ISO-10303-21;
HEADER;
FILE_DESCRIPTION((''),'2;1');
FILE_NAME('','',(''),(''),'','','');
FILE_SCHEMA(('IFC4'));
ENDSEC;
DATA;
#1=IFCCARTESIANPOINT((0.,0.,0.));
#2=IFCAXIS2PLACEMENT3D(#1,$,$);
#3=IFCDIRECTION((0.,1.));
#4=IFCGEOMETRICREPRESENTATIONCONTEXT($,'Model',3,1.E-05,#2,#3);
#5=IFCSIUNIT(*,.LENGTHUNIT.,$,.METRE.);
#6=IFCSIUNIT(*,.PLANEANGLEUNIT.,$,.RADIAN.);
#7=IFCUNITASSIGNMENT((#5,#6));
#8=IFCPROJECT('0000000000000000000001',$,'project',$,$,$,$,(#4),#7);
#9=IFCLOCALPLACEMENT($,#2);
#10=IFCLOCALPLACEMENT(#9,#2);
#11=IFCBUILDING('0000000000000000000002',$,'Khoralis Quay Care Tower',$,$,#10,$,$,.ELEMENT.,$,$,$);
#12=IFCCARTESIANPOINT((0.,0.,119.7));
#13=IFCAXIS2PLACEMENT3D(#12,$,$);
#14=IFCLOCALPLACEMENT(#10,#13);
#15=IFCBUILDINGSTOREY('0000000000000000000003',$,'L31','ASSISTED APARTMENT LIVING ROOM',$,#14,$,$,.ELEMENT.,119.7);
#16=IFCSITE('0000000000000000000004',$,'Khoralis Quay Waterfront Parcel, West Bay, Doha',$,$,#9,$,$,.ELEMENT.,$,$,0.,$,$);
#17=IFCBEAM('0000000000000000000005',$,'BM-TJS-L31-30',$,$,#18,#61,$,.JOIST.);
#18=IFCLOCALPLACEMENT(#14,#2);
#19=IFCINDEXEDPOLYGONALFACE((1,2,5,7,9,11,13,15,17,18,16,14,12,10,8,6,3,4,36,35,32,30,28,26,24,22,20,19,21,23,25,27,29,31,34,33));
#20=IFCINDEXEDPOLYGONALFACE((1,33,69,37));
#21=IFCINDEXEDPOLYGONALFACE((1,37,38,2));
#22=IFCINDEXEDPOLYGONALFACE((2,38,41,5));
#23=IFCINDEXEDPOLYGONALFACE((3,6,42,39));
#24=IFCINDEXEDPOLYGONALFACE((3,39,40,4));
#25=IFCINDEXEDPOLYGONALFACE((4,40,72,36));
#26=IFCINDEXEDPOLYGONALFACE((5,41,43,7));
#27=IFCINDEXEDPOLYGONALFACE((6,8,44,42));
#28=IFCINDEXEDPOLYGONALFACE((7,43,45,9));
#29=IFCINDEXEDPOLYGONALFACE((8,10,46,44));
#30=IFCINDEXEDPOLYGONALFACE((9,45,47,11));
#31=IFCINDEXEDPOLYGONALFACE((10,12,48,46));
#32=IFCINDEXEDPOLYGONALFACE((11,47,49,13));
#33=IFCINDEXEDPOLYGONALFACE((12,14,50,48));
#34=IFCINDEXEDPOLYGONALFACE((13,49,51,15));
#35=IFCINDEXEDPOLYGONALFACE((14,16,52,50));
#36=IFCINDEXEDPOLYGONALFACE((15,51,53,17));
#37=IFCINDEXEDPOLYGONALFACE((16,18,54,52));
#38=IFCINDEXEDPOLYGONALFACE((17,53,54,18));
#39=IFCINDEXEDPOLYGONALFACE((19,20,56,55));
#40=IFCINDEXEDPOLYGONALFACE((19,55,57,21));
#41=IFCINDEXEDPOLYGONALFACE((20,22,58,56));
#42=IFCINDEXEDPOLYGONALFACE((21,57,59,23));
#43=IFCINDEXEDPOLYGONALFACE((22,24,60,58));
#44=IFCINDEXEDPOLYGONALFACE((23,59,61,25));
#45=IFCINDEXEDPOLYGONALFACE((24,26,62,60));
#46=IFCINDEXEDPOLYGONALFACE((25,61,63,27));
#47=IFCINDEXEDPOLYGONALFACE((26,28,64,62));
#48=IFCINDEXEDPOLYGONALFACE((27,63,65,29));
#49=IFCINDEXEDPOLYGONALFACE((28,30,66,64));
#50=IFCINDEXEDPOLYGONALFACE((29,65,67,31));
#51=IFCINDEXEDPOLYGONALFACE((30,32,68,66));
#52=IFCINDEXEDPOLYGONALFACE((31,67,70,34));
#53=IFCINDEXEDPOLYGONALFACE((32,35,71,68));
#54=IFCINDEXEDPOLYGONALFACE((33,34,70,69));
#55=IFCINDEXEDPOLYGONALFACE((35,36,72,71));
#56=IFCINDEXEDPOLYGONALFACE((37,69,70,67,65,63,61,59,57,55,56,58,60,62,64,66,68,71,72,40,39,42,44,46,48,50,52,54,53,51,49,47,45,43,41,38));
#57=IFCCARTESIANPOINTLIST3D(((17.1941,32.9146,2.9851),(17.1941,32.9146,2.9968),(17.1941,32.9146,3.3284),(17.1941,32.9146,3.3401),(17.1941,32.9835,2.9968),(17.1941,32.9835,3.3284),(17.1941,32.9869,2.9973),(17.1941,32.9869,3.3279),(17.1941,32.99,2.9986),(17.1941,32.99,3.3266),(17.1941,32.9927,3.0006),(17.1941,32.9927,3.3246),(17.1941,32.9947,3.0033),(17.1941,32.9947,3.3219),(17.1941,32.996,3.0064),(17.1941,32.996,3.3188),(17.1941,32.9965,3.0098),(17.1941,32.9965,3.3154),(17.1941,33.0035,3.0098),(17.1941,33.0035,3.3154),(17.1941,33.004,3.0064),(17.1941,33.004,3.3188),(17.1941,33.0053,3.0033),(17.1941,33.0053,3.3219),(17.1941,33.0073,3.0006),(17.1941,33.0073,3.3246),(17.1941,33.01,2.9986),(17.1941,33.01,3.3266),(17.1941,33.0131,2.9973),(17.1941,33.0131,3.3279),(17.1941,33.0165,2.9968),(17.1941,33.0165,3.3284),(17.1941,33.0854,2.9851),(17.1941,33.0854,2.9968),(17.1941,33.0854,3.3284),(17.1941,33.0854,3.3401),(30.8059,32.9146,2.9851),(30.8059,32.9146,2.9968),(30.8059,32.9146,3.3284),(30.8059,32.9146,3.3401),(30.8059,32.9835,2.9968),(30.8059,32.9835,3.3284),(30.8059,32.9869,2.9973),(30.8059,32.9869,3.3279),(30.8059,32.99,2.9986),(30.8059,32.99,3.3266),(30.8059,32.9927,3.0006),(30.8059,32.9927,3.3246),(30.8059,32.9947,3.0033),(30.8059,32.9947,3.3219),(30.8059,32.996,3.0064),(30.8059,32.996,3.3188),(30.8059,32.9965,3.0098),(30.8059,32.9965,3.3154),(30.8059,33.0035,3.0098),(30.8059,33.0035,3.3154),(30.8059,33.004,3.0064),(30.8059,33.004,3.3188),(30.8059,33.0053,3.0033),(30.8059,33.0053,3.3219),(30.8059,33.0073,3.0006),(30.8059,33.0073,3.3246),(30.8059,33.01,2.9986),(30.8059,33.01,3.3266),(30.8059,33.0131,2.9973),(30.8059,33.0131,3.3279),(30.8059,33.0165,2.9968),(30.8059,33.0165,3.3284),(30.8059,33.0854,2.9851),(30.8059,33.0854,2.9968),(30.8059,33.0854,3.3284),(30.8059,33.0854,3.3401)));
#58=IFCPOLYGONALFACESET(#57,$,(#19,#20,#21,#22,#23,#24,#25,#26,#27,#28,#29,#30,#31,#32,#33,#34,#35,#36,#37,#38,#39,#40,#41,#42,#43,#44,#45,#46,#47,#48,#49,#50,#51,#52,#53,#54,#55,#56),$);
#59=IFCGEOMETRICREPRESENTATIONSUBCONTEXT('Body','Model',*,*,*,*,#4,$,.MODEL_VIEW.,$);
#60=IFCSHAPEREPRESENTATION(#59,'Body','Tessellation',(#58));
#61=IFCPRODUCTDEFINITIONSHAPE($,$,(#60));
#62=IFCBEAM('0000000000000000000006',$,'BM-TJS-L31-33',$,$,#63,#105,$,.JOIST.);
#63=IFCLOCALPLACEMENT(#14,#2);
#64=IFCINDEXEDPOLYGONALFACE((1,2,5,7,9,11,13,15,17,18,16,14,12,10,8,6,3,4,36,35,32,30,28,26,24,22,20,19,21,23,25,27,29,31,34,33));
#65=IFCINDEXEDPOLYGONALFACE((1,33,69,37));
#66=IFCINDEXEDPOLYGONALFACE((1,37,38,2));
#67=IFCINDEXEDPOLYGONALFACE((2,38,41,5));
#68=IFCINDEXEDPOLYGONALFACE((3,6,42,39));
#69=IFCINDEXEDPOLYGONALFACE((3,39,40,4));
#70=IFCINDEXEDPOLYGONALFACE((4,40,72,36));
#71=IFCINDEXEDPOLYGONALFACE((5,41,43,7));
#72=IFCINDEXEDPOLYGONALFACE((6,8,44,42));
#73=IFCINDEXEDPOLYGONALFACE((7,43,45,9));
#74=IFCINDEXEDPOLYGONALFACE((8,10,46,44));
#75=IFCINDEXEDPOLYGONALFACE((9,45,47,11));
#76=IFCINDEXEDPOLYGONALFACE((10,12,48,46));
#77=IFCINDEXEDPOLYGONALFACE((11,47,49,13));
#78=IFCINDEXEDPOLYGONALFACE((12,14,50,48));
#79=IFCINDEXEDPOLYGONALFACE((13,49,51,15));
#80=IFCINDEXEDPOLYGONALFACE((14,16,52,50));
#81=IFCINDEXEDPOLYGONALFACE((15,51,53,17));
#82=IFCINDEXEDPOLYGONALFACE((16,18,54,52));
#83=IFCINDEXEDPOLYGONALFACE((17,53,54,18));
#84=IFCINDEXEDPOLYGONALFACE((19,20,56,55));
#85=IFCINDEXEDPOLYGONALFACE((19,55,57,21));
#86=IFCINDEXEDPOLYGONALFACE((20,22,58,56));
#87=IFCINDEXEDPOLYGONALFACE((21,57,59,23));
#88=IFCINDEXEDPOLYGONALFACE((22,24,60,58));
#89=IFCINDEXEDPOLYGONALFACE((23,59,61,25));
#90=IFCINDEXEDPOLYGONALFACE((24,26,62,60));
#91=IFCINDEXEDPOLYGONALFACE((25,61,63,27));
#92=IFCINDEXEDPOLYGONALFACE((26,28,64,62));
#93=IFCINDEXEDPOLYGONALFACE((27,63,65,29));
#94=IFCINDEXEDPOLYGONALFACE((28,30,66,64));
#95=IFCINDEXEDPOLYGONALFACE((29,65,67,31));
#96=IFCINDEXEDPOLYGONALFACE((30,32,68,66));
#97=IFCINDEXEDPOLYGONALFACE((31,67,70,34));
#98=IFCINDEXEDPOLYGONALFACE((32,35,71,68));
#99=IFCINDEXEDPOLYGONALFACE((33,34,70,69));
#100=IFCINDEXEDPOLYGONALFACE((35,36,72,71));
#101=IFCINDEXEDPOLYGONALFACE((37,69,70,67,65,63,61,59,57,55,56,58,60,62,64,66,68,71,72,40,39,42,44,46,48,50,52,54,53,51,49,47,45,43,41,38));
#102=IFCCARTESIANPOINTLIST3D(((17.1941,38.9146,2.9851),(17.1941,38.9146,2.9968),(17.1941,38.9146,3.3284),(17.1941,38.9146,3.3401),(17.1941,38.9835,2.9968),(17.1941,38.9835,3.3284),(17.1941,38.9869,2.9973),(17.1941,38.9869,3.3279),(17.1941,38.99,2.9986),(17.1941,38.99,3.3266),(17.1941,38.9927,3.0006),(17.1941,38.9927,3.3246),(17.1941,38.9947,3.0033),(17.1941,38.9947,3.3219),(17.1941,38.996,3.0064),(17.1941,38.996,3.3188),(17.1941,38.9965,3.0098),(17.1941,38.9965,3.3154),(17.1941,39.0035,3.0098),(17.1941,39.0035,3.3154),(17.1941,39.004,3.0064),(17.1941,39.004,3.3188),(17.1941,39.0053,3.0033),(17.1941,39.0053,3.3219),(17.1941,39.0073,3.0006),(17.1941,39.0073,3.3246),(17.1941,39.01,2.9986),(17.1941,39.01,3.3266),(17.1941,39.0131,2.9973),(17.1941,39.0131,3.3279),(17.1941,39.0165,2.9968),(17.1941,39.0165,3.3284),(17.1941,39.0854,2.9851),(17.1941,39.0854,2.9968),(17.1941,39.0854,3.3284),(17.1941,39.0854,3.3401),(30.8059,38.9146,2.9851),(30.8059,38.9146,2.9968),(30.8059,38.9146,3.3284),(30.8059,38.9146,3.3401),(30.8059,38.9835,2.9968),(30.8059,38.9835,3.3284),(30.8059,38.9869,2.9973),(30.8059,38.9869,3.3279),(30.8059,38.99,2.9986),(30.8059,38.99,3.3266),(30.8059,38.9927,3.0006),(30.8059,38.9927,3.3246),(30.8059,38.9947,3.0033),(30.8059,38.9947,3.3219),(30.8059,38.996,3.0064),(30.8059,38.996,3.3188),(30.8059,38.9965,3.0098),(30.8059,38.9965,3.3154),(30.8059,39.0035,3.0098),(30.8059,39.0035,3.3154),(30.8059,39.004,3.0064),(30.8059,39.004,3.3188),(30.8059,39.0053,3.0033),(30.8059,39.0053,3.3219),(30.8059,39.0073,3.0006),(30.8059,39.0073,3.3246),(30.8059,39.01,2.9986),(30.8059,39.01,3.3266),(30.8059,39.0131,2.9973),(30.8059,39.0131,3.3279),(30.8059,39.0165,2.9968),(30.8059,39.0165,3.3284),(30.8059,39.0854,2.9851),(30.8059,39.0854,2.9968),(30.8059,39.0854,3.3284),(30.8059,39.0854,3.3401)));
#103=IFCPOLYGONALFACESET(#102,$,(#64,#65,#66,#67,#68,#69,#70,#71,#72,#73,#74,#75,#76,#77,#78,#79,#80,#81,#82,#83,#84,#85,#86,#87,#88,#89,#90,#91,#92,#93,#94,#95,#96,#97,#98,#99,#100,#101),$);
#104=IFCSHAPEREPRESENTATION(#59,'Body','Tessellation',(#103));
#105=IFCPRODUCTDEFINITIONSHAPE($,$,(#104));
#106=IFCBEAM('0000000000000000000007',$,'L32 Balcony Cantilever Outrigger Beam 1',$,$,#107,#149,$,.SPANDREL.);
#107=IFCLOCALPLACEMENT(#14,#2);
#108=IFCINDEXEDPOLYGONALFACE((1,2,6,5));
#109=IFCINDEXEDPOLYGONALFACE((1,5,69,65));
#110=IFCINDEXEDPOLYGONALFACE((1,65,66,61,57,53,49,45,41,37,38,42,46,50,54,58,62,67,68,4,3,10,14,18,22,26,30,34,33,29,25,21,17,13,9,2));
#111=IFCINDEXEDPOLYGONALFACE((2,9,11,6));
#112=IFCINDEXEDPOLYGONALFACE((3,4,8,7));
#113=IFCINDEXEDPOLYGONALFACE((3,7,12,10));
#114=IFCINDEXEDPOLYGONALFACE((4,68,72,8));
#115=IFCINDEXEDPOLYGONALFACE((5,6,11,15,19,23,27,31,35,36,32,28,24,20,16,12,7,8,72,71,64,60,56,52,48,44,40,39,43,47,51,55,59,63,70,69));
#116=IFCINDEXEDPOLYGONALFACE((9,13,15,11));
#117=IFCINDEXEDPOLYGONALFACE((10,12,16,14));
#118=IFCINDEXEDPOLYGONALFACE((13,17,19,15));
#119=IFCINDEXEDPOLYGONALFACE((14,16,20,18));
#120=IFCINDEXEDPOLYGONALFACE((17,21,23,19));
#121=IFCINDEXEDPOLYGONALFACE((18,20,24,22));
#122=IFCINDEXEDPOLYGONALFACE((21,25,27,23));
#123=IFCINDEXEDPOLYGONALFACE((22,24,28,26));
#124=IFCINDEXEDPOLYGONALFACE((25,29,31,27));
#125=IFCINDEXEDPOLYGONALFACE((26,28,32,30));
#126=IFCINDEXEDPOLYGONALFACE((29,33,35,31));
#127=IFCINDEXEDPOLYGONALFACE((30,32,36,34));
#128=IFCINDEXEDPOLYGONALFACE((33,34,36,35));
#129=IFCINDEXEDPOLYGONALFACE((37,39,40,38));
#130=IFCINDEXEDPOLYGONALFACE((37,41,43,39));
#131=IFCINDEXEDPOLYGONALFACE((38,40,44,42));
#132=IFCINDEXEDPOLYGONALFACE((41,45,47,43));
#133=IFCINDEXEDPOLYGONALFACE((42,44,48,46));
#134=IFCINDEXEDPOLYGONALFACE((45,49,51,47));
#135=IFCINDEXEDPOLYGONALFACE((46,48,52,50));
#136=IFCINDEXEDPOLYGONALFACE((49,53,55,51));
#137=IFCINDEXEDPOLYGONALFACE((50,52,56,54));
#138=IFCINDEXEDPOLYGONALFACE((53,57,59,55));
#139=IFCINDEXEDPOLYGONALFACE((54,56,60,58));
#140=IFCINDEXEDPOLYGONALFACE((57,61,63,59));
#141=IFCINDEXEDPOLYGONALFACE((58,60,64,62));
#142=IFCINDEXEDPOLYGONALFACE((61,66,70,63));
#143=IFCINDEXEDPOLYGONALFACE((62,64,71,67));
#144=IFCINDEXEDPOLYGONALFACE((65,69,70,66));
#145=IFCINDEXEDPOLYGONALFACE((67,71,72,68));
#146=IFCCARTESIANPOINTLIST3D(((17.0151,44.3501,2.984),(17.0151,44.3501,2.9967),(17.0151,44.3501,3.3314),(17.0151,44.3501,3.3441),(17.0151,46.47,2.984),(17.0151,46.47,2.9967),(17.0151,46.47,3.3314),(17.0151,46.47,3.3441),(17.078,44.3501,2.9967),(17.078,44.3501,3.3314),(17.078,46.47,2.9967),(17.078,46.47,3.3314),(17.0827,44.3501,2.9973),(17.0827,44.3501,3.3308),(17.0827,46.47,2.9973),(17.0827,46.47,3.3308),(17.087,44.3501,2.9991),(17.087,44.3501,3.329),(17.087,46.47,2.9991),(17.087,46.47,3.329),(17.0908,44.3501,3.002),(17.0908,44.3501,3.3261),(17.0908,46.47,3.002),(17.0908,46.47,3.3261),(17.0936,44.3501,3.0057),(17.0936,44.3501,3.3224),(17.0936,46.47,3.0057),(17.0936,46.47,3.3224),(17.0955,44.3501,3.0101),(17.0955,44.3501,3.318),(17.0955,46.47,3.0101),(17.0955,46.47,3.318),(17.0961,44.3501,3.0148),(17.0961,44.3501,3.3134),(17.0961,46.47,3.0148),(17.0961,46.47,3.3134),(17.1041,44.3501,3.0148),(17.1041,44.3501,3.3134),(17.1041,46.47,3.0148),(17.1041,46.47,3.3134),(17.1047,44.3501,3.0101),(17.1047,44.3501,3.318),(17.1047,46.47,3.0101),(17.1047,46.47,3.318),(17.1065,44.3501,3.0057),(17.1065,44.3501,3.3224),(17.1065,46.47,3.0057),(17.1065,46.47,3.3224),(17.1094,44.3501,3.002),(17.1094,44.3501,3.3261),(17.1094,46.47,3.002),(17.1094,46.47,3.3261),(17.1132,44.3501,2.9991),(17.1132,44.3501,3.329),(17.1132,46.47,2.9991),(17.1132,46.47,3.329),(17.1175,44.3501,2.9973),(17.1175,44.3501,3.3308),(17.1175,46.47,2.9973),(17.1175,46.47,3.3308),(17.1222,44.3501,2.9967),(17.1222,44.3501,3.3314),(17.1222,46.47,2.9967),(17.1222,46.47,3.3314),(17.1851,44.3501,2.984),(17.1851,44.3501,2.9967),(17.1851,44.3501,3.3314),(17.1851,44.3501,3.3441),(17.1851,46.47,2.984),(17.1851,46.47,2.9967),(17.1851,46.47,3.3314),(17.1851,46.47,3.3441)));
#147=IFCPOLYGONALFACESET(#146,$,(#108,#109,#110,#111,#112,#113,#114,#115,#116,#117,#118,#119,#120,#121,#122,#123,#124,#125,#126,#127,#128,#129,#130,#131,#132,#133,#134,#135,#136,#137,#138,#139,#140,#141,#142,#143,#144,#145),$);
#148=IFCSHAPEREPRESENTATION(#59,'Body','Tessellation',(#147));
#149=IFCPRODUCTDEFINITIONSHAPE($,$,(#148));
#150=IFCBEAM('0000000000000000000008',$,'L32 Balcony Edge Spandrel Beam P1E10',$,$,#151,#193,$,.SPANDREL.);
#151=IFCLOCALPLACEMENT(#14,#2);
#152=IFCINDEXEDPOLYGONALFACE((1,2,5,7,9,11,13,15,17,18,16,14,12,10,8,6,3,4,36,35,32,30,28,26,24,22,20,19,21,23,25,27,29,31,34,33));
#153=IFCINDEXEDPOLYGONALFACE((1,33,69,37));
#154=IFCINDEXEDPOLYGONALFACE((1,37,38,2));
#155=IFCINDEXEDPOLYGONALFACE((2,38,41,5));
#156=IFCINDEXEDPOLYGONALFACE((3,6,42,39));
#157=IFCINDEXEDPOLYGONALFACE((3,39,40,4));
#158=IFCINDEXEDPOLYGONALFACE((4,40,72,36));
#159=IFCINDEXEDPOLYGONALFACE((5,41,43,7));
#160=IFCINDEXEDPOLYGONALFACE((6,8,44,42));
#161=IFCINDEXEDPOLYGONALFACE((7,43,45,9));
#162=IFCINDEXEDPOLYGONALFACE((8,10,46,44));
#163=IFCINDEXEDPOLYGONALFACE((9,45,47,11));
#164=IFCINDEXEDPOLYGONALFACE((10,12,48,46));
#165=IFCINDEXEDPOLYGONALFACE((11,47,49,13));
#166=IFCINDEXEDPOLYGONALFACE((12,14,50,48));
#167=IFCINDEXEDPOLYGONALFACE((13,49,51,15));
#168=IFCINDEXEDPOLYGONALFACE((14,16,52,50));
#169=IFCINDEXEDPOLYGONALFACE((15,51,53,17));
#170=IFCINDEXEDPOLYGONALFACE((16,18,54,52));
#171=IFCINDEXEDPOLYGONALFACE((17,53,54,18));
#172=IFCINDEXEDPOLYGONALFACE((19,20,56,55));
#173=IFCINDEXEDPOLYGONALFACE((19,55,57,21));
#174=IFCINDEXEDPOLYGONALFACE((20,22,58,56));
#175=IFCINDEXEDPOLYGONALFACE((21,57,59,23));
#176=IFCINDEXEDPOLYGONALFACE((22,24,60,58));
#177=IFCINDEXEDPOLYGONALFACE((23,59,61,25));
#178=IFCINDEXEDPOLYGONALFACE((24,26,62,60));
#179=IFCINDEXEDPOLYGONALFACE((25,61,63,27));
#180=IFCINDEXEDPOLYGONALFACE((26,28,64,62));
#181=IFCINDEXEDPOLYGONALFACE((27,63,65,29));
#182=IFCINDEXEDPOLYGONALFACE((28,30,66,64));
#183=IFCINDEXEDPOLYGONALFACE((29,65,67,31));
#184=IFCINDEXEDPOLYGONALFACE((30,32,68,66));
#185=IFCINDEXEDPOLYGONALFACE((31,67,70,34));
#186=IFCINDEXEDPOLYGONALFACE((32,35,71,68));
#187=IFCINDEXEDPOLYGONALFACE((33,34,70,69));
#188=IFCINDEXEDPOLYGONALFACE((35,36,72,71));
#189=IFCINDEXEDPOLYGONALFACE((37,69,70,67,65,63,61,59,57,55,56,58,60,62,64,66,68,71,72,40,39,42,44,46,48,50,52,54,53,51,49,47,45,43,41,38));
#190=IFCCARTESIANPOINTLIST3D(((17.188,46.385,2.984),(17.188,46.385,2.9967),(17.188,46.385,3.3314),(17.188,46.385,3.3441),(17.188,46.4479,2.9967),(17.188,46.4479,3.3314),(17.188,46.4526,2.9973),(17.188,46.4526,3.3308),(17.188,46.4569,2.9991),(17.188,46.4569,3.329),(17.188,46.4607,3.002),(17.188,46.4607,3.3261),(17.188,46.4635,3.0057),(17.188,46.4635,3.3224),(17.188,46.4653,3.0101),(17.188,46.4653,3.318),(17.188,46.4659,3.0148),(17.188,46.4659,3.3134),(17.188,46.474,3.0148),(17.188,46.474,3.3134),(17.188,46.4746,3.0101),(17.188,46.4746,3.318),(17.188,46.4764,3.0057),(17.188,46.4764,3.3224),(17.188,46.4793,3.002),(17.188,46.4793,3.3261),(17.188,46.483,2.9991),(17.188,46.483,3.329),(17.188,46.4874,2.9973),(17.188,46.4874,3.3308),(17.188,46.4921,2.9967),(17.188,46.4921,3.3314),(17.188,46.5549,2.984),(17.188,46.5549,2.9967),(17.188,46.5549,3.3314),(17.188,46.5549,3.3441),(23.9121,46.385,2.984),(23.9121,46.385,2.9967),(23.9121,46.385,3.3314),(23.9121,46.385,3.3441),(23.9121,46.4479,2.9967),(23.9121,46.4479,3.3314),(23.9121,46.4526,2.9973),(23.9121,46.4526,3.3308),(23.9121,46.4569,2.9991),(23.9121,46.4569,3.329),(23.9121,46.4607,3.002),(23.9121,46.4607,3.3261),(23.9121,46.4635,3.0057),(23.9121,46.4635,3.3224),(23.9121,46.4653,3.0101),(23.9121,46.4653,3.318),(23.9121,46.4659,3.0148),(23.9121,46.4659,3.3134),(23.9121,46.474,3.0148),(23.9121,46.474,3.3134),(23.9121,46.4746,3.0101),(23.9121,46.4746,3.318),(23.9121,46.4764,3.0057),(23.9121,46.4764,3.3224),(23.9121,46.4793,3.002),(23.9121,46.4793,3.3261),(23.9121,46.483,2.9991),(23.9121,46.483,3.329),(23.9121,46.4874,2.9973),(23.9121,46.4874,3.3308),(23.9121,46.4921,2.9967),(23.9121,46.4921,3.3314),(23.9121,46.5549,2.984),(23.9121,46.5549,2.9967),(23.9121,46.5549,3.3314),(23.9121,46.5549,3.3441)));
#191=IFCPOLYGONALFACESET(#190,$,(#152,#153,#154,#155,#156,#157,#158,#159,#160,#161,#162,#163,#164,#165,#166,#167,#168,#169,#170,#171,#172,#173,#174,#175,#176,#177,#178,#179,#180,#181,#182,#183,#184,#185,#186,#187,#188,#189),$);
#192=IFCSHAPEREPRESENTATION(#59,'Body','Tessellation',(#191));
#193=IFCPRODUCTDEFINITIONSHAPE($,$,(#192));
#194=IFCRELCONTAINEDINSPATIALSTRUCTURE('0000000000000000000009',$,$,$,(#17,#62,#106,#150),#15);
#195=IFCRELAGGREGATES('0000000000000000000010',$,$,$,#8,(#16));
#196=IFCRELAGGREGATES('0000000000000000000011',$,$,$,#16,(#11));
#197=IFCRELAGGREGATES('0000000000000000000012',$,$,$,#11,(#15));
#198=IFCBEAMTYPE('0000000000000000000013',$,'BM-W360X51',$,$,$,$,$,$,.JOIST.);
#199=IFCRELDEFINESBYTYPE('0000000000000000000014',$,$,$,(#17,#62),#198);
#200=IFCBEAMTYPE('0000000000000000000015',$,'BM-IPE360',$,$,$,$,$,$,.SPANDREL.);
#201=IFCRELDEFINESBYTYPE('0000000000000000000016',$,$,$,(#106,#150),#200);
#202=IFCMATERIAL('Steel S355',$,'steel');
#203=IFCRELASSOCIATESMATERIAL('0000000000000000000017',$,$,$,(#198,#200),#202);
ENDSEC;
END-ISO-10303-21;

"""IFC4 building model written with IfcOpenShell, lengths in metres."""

from ifc_helpers import new_model, si_unit, direction, frame, origin, origin_2d, place, context, subcontext, project, spatial, i_section, extrude, source, transform, mapped, material, material_profile, profile_set, type_object, element, save


model = new_model("IFC4")

# Units and contexts
model_context = context("Model", 3, precision=1e-05, world=origin(), true_north=direction((0.0, 1.0)))
body_context = subcontext(model_context, "Body", "Model", "MODEL_VIEW")
ifc_project = project(units=[si_unit("LENGTHUNIT", "METRE"), si_unit("PLANEANGLEUNIT", "RADIAN")], contexts=[model_context])

# Site, building, storey
site_placement = place(None, origin())
site = spatial("IfcSite", under=ifc_project, at=site_placement, Name="Khoralis Quay Waterfront Parcel, West Bay, Doha", CompositionType="ELEMENT", RefElevation=0.0)
building_placement = place(site_placement, origin())
building = spatial("IfcBuilding", under=site, at=building_placement, Name="Khoralis Quay Care Tower", CompositionType="ELEMENT")
storey_placement = place(building_placement, frame((0.0, 0.0, 119.7)))
storey = spatial("IfcBuildingStorey", under=building, at=storey_placement, Name="L31", Description="ASSISTED APARTMENT LIVING ROOM", CompositionType="ELEMENT", Elevation=119.7)

# Beams
ifc_material_1 = material(Name="Steel S355", Category="steel")
ifc_material_profile_1 = material_profile(ifc_material_1, i_section(OverallWidth=0.1709, OverallDepth=0.355, WebThickness=0.0071, FlangeThickness=0.0117, FilletRadius=0.0129, at=origin_2d()), Name="Steel S355")
ifc_profile_set_1 = profile_set([ifc_material_profile_1], Name="Steel S355")
beam_type_1 = type_object("IfcBeamType", Name="BM-W360X51", PredefinedType="JOIST", material=ifc_profile_set_1)
shared_shape_1 = source(origin(), body_context, "Body", "SweptSolid", [
    extrude(i_section(OverallWidth=0.1709, OverallDepth=0.355, WebThickness=0.0071, FlangeThickness=0.0117, FilletRadius=0.0129, at=origin_2d()), origin(), (0.0, 0.0, 1.0), 13.6118),
])
for number, where, z_axis, x_axis, name in (
    (1, (17.1941, 33.0, 3.1626), (1.0, 0.0, 0.0), (0.0, 1.0, 0.0), "BM-TJS-L31-30"),
    (2, (17.1941, 39.0, 3.1626), (1.0, 0.0, 0.0), (0.0, 1.0, 0.0), "BM-TJS-L31-33"),
):
    element("IfcBeam", number, at=place(storey_placement, frame(where, z_axis=z_axis, x_axis=x_axis)), inside=storey, type_object=beam_type_1, Name=name, PredefinedType="JOIST", context=body_context, shape_type="MappedRepresentation", body=[
        mapped(shared_shape_1, transform((0.0, 0.0, 0.0), scale=1.0)),
    ])
ifc_material_profile_2 = material_profile(ifc_material_1, i_section(OverallWidth=0.1699, OverallDepth=0.3601, WebThickness=0.0081, FlangeThickness=0.0127, FilletRadius=0.0181, at=origin_2d()), Name="Steel S355")
ifc_profile_set_2 = profile_set([ifc_material_profile_2], Name="Steel S355")
beam_type_2 = type_object("IfcBeamType", Name="BM-IPE360", PredefinedType="SPANDREL", material=ifc_profile_set_2)
shared_shape_2 = source(origin(), body_context, "Body", "SweptSolid", [
    extrude(i_section(OverallWidth=0.1699, OverallDepth=0.3601, WebThickness=0.0081, FlangeThickness=0.0127, FilletRadius=0.0181, at=origin_2d()), origin(), (0.0, 0.0, 1.0), 2.1199),
])
beam_1_placement = place(storey_placement, frame((17.1001, 44.3501, 3.1641), z_axis=(0.0, 1.0, 0.0), x_axis=(-1.0, 0.0, 0.0)))
element("IfcBeam", 3, at=beam_1_placement, inside=storey, type_object=beam_type_2, Name="L32 Balcony Cantilever Outrigger Beam 1", PredefinedType="SPANDREL", context=body_context, shape_type="MappedRepresentation", body=[
    mapped(shared_shape_2, transform((0.0, 0.0, 0.0), scale=1.0)),
])
shared_shape_3 = source(origin(), body_context, "Body", "SweptSolid", [
    extrude(i_section(OverallWidth=0.1699, OverallDepth=0.3601, WebThickness=0.0081, FlangeThickness=0.0127, FilletRadius=0.0181, at=origin_2d()), origin(), (0.0, 0.0, 1.0), 6.7241),
])
beam_2_placement = place(storey_placement, frame((17.188, 46.47, 3.1641), z_axis=(1.0, 0.0, 0.0), x_axis=(0.0, 1.0, 0.0)))
element("IfcBeam", 4, at=beam_2_placement, inside=storey, type_object=beam_type_2, Name="L32 Balcony Edge Spandrel Beam P1E10", PredefinedType="SPANDREL", context=body_context, shape_type="MappedRepresentation", body=[
    mapped(shared_shape_3, transform((0.0, 0.0, 0.0), scale=1.0)),
])

save(model, "model.ifc")
